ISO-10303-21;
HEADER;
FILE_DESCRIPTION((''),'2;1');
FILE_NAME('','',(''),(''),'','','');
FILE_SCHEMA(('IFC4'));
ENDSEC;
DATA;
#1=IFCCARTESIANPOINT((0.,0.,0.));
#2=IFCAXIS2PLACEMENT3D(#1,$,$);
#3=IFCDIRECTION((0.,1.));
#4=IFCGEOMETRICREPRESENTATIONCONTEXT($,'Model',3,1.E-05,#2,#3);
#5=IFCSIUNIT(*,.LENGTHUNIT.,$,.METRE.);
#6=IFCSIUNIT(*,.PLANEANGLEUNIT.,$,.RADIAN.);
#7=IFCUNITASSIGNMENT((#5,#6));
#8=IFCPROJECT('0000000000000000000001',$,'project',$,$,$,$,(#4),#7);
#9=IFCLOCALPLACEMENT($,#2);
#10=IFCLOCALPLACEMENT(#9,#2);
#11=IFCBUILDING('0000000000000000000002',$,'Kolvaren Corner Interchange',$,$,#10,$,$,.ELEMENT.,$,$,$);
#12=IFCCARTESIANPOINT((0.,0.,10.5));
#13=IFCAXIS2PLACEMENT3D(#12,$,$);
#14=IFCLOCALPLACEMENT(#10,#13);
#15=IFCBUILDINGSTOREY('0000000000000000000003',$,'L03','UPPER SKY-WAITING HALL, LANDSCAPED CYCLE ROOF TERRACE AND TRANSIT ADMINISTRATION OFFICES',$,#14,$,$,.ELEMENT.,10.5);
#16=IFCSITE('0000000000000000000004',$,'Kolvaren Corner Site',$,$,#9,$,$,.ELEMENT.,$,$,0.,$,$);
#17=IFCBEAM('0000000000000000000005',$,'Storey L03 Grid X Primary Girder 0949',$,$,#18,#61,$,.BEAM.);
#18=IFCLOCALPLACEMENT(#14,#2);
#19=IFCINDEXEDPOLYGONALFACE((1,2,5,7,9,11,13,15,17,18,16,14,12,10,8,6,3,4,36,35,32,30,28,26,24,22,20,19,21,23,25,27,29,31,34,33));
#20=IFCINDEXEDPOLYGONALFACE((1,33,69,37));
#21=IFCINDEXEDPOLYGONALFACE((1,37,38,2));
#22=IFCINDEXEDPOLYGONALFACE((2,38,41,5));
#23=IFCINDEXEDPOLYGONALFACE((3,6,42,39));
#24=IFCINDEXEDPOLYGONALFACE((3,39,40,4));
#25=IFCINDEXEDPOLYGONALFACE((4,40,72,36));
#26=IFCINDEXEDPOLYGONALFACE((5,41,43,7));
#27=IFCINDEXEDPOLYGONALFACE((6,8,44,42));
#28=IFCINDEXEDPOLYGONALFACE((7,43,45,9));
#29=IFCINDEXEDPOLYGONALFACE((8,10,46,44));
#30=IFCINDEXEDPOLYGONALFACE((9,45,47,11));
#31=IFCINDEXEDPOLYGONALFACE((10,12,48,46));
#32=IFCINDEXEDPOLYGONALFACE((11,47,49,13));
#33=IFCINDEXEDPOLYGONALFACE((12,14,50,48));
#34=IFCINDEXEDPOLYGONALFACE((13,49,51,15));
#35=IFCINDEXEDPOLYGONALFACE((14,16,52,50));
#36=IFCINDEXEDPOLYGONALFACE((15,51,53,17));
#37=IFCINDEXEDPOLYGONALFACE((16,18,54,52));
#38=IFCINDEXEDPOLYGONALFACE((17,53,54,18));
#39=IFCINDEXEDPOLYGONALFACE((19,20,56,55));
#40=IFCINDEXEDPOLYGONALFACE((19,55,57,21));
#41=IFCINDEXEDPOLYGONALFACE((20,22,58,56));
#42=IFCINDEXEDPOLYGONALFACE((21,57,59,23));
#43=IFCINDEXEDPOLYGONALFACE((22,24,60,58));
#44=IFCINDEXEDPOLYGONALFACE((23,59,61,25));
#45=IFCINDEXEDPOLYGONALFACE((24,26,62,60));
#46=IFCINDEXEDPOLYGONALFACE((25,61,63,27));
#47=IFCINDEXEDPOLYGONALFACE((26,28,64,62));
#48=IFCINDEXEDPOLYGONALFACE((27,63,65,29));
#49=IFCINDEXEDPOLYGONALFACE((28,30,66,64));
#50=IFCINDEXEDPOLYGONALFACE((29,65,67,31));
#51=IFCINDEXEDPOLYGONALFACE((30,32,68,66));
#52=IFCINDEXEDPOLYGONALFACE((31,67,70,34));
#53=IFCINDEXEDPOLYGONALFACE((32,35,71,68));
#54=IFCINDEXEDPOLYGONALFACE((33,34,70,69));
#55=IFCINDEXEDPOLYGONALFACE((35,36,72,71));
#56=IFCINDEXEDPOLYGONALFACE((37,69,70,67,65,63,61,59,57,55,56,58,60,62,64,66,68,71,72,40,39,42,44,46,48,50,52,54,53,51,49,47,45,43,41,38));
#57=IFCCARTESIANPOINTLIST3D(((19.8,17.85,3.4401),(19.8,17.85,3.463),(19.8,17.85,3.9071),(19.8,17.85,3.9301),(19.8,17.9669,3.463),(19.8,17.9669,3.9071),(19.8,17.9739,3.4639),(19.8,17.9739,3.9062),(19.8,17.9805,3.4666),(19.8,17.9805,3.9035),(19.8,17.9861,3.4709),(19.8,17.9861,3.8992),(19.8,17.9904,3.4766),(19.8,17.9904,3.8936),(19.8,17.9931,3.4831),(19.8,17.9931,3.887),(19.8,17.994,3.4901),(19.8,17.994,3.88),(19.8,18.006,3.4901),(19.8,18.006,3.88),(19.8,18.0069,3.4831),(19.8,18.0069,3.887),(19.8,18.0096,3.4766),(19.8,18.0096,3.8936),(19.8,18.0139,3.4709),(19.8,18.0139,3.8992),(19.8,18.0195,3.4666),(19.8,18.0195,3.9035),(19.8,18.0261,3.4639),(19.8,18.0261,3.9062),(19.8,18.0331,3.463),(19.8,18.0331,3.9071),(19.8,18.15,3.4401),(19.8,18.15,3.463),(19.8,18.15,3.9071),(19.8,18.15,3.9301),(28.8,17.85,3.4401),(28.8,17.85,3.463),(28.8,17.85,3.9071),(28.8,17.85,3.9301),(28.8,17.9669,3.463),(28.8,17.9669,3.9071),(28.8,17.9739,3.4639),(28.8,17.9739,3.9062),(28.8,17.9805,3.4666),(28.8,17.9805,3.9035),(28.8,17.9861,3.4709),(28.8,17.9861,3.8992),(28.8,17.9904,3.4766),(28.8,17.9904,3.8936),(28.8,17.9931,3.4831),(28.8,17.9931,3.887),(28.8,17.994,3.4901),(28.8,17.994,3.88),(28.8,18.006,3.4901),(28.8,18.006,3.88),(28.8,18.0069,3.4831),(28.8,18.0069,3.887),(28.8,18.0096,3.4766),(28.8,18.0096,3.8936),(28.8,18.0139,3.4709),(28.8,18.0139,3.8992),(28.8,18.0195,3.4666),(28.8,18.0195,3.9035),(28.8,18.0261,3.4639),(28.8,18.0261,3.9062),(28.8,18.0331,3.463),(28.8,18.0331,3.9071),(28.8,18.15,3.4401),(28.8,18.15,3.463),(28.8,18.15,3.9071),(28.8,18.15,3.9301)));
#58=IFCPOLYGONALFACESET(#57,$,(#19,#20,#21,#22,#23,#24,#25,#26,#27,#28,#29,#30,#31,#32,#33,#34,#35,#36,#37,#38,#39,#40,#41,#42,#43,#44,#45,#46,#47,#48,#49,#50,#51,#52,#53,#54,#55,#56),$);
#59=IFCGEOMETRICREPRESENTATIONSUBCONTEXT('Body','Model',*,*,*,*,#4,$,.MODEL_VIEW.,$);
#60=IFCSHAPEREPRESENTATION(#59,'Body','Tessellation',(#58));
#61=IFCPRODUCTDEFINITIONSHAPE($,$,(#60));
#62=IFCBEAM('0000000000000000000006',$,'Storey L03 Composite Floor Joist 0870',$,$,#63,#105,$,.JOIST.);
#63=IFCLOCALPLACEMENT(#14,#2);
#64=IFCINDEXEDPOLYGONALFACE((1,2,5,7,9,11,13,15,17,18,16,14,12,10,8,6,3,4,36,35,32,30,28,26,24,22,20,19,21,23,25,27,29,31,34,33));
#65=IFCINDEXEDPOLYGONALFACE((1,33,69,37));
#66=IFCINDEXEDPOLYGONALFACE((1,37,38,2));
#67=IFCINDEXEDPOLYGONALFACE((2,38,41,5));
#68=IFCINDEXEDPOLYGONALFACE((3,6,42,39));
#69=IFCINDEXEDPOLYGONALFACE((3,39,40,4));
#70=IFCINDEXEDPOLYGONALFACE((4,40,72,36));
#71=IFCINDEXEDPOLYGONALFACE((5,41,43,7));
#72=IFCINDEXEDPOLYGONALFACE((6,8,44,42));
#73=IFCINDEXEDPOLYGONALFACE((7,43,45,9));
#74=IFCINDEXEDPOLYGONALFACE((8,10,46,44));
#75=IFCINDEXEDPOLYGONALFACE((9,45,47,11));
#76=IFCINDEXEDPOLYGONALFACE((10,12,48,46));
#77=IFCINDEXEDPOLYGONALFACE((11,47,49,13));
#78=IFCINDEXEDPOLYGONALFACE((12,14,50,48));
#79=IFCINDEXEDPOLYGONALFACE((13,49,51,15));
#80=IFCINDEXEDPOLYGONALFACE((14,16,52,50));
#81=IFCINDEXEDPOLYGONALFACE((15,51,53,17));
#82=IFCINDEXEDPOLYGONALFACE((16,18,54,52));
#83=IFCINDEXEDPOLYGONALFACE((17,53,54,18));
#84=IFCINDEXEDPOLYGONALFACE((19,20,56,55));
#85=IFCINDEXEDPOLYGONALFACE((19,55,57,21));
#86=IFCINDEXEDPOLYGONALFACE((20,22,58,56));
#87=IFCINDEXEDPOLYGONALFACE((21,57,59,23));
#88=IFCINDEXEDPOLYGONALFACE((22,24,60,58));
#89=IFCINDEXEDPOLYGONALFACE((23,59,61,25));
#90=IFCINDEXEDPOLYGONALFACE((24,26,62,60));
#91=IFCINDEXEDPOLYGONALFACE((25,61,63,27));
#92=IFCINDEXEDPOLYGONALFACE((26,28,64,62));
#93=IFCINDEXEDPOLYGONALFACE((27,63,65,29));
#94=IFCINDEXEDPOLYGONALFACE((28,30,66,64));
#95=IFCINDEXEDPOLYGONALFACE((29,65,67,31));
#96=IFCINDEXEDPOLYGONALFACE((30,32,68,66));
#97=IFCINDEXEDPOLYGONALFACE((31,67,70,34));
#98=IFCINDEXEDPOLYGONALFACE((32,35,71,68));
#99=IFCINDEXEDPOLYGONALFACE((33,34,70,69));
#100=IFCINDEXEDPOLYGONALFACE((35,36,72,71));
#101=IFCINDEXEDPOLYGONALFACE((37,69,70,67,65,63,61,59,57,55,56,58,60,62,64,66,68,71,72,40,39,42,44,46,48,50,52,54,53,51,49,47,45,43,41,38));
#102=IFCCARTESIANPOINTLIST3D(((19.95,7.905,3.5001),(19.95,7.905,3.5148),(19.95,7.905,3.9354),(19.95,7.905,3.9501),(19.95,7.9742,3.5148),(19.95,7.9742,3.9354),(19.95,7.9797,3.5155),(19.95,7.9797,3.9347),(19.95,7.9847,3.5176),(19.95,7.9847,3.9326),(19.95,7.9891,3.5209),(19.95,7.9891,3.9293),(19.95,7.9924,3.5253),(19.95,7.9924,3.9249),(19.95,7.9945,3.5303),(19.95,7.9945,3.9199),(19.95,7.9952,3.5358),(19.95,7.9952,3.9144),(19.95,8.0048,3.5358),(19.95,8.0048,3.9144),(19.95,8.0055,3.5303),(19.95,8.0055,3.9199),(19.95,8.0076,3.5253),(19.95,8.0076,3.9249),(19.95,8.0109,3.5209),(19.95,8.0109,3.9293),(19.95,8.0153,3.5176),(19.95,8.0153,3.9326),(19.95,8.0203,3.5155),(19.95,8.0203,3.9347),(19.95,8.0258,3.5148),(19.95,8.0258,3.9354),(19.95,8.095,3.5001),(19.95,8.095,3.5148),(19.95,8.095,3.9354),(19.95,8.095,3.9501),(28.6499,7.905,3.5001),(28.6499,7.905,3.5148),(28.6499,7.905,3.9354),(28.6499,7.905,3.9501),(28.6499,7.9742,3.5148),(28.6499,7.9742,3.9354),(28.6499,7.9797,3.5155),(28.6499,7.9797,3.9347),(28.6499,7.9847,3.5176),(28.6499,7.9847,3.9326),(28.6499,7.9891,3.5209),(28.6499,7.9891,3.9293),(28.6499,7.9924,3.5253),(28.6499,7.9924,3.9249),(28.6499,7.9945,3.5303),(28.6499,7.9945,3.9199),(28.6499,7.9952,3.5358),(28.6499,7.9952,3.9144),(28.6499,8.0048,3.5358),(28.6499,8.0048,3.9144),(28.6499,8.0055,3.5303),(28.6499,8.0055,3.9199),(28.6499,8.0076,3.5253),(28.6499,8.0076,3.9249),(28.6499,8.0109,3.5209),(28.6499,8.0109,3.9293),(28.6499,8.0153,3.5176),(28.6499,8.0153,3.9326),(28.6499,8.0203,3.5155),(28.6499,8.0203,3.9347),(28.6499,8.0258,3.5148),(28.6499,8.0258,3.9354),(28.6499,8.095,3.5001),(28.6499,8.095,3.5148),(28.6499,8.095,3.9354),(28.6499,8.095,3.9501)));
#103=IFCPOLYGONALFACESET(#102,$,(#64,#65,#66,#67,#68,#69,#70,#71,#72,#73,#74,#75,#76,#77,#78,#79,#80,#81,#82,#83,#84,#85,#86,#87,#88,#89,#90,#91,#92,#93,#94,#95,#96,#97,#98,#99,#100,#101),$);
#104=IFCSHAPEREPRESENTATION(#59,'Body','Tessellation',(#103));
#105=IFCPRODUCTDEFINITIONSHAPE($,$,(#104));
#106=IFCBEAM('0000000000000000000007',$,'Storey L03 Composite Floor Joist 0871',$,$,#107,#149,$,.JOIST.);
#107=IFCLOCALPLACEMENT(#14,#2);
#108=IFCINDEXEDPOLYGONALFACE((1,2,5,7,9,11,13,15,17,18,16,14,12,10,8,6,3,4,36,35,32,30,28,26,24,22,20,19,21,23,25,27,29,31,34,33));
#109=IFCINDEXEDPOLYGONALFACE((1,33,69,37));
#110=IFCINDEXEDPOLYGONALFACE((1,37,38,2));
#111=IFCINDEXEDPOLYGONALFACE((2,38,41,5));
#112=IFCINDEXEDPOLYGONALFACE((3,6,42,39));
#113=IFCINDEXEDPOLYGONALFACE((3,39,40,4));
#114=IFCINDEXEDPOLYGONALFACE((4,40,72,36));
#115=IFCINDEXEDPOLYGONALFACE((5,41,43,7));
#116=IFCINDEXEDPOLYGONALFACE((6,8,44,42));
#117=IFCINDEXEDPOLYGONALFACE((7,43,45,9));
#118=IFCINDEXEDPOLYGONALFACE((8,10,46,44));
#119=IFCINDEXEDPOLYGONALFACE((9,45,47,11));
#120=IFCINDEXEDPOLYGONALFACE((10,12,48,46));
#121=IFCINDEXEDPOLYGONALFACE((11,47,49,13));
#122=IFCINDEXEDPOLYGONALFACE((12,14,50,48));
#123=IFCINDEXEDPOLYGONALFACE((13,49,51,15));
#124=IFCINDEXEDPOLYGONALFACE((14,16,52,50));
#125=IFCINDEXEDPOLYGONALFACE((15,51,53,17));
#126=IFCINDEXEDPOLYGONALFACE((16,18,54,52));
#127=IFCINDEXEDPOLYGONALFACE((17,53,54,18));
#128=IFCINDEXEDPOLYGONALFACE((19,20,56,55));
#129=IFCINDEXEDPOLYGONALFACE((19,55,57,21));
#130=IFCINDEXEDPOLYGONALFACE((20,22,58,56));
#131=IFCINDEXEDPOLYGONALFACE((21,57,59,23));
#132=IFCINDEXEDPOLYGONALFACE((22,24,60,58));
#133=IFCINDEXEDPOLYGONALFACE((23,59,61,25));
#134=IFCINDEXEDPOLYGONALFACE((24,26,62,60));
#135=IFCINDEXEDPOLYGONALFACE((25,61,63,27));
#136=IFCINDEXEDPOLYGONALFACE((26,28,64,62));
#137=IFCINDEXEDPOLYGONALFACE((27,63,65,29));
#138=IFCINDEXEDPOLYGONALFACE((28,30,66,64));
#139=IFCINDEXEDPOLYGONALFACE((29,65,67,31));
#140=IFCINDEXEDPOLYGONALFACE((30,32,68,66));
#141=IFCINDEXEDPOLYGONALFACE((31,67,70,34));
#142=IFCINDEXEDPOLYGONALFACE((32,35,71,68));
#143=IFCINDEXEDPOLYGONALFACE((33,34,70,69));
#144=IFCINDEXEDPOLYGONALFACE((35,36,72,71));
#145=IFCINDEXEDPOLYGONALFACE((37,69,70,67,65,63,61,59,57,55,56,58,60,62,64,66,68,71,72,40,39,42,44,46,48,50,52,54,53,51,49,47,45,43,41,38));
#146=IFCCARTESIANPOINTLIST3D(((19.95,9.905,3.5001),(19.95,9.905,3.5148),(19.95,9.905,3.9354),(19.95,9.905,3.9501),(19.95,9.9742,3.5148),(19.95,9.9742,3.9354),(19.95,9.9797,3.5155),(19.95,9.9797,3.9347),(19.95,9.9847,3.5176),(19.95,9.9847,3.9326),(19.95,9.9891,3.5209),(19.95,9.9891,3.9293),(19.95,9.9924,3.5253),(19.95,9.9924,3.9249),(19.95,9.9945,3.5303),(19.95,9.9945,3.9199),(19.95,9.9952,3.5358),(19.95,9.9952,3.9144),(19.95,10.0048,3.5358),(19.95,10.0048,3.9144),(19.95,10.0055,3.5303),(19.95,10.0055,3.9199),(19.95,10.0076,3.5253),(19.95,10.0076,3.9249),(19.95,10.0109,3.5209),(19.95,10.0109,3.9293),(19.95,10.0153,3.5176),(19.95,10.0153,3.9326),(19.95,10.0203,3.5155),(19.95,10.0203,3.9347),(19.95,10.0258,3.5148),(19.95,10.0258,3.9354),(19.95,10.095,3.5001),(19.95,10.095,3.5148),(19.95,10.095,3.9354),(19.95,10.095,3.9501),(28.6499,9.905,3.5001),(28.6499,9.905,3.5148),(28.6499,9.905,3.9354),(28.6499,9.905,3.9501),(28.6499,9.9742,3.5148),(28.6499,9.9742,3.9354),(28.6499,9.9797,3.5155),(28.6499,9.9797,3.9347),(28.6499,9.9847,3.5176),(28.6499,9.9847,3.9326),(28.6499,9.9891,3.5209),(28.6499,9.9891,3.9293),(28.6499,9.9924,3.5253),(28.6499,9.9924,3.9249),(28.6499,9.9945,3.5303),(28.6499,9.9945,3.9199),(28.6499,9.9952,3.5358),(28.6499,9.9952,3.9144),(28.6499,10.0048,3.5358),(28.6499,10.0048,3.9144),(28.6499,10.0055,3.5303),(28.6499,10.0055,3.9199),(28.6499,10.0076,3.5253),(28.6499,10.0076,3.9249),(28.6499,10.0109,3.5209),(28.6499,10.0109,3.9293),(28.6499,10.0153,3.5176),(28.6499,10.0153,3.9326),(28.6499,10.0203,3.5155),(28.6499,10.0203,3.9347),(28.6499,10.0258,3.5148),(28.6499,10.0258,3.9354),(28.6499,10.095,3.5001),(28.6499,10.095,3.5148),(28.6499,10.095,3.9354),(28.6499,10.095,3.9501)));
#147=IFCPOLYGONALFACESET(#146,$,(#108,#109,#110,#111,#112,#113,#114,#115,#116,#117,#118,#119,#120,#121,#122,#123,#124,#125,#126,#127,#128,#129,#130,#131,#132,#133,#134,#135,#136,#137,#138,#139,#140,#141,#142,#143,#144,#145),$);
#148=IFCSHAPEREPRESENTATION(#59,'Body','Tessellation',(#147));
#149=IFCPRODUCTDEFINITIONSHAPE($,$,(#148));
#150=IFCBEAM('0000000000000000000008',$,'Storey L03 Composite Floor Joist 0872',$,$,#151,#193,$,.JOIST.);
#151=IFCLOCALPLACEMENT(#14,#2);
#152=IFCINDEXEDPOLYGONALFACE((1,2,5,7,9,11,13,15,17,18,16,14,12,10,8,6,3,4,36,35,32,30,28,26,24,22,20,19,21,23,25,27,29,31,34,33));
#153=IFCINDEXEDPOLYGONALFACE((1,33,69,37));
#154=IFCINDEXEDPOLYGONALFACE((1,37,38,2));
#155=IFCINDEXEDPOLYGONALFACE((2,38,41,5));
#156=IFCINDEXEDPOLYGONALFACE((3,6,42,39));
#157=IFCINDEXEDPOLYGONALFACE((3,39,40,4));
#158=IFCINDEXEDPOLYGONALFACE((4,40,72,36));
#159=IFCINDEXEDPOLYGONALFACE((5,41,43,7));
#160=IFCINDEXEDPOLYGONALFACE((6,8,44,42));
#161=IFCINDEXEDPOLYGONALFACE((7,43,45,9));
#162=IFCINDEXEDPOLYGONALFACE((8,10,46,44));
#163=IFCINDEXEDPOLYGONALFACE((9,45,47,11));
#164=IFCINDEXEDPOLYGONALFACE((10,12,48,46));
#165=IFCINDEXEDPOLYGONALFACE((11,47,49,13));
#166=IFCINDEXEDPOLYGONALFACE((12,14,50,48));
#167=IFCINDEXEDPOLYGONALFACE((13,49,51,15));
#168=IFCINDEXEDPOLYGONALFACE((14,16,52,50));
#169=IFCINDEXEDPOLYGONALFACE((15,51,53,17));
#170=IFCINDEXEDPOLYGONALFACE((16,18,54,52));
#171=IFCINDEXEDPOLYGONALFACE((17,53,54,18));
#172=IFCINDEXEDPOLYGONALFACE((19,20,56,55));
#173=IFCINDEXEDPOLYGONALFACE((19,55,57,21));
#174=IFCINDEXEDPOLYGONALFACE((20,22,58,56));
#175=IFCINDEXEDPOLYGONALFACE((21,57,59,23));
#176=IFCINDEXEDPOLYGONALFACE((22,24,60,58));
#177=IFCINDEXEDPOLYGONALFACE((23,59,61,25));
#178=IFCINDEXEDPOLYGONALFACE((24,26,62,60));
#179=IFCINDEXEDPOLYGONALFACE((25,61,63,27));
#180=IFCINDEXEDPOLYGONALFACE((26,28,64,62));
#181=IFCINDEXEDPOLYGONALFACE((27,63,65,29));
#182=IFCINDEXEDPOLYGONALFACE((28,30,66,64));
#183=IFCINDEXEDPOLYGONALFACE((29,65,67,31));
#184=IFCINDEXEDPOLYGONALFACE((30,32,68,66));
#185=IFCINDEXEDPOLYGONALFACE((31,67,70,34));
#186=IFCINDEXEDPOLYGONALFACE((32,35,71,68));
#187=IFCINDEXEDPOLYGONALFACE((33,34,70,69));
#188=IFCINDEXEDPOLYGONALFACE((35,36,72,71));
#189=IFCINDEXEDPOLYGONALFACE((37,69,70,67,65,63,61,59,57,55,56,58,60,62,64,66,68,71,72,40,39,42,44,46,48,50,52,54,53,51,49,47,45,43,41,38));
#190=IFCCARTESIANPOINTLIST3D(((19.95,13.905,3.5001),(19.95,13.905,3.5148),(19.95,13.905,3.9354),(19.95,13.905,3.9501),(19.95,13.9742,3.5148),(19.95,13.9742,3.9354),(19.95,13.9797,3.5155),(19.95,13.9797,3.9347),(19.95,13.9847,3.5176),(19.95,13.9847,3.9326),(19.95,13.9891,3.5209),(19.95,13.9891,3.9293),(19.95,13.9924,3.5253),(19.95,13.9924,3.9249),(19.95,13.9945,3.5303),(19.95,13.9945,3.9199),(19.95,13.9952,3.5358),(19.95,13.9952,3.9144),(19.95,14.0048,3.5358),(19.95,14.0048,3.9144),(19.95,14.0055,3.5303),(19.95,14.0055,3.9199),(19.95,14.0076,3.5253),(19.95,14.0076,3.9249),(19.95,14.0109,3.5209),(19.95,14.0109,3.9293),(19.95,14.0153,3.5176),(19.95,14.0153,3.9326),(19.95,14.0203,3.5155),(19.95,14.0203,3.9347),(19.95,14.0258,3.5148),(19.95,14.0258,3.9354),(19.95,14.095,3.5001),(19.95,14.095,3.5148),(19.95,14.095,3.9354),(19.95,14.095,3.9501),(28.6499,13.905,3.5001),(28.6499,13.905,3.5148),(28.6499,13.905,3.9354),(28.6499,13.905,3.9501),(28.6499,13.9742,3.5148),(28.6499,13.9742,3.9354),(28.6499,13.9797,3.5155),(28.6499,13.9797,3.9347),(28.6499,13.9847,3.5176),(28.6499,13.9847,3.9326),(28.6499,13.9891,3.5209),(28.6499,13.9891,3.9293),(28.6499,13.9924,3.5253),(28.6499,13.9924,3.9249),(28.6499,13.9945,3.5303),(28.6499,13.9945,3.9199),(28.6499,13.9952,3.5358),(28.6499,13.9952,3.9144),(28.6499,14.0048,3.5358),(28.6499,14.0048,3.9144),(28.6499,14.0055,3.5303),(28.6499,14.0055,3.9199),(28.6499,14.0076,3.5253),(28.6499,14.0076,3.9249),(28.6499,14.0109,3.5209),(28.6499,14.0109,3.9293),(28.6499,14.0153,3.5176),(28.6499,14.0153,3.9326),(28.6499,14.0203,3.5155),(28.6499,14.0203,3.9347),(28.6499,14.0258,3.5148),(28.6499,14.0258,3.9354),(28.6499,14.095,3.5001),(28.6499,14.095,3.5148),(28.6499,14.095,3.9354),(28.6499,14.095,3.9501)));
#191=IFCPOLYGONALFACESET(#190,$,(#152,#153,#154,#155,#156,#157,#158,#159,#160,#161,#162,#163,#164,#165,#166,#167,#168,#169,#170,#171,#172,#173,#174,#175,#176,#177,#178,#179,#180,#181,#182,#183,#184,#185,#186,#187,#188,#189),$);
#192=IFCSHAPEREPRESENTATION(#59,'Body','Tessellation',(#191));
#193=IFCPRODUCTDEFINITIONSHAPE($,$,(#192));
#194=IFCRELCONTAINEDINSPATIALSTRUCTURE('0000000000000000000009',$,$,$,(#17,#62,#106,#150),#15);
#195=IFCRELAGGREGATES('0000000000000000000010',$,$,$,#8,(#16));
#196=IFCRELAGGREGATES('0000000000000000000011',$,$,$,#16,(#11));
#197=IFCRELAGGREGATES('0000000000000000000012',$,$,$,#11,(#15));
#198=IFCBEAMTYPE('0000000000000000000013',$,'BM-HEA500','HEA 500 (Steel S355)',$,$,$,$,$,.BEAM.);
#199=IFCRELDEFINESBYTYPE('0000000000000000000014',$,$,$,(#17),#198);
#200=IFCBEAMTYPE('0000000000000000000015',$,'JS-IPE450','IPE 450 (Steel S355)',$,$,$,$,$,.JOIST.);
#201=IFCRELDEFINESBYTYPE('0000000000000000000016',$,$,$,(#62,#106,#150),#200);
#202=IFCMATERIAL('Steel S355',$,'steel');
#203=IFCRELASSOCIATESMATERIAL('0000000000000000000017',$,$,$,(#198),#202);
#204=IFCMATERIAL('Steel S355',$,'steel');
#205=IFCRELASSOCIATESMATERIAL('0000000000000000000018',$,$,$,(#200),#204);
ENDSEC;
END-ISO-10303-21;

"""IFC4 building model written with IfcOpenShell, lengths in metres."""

from ifc_helpers import new_model, si_unit, direction, frame, origin, origin_2d, place, context, subcontext, project, spatial, i_section, extrude, material, material_profile, profile_set, type_object, element, save


model = new_model("IFC4")

# Units and contexts
model_context = context("Model", 3, precision=1e-05, world=origin(), true_north=direction((0.0, 1.0)))
body_context = subcontext(model_context, "Body", "Model", "MODEL_VIEW")
ifc_project = project(units=[si_unit("LENGTHUNIT", "METRE"), si_unit("PLANEANGLEUNIT", "RADIAN")], contexts=[model_context])

# Site, building, storey
site_placement = place(None, origin())
site = spatial("IfcSite", under=ifc_project, at=site_placement, Name="Kolvaren Corner Site", CompositionType="ELEMENT", RefElevation=0.0)
building_placement = place(site_placement, origin())
building = spatial("IfcBuilding", under=site, at=building_placement, Name="Kolvaren Corner Interchange", CompositionType="ELEMENT")
storey_placement = place(building_placement, frame((0.0, 0.0, 10.5)))
storey = spatial("IfcBuildingStorey", under=building, at=storey_placement, Name="L03", Description="UPPER SKY-WAITING HALL, LANDSCAPED CYCLE ROOF TERRACE AND TRANSIT ADMINISTRATION OFFICES", CompositionType="ELEMENT", Elevation=10.5)

# Beams
ifc_material_1 = material(Name="Steel S355", Category="steel")
ifc_material_profile_1 = material_profile(ifc_material_1, i_section(OverallWidth=0.3, OverallDepth=0.49, WebThickness=0.012, FlangeThickness=0.0229, FilletRadius=0.0271, at=origin_2d()), Name="HEA 500")
ifc_profile_set_1 = profile_set([ifc_material_profile_1], Name="Steel S355")
beam_type_1 = type_object("IfcBeamType", Name="BM-HEA500", Description="HEA 500 (Steel S355)", PredefinedType="BEAM", material=ifc_profile_set_1)
for number, where, z_axis, x_axis, name in (
    (1, (19.8, 18.0, 3.6851), (1.0, 0.0, 0.0), (0.0, 1.0, 0.0), "Storey L03 Grid X Primary Girder 0949"),
):
    element("IfcBeam", number, at=place(storey_placement, frame(where, z_axis=z_axis, x_axis=x_axis)), inside=storey, type_object=beam_type_1, Name=name, PredefinedType="BEAM", context=body_context, shape_type="SweptSolid", body=[
        extrude(i_section(OverallWidth=0.3, OverallDepth=0.49, WebThickness=0.012, FlangeThickness=0.0229, FilletRadius=0.0271, at=origin_2d()), origin(), (0.0, 0.0, 1.0), 9.0),
    ])
ifc_material_2 = material(Name="Steel S355", Category="steel")
ifc_material_profile_2 = material_profile(ifc_material_2, i_section(OverallWidth=0.1899, OverallDepth=0.45, WebThickness=0.0095, FlangeThickness=0.0146, FilletRadius=0.021, at=origin_2d()), Name="IPE 450")
ifc_profile_set_2 = profile_set([ifc_material_profile_2], Name="Steel S355")
beam_type_2 = type_object("IfcBeamType", Name="JS-IPE450", Description="IPE 450 (Steel S355)", PredefinedType="JOIST", material=ifc_profile_set_2)
for number, where, z_axis, x_axis, name in (
    (2, (19.95, 8.0, 3.7251), (1.0, 0.0, 0.0), (0.0, 1.0, 0.0), "Storey L03 Composite Floor Joist 0870"),
    (3, (19.95, 10.0, 3.7251), (1.0, 0.0, 0.0), (0.0, 1.0, 0.0), "Storey L03 Composite Floor Joist 0871"),
    (4, (19.95, 14.0, 3.7251), (1.0, 0.0, 0.0), (0.0, 1.0, 0.0), "Storey L03 Composite Floor Joist 0872"),
):
    element("IfcBeam", number, at=place(storey_placement, frame(where, z_axis=z_axis, x_axis=x_axis)), inside=storey, type_object=beam_type_2, Name=name, PredefinedType="JOIST", context=body_context, shape_type="SweptSolid", body=[
        extrude(i_section(OverallWidth=0.1899, OverallDepth=0.45, WebThickness=0.0095, FlangeThickness=0.0146, FilletRadius=0.021, at=origin_2d()), origin(), (0.0, 0.0, 1.0), 8.7),
    ])

save(model, "model.ifc")
